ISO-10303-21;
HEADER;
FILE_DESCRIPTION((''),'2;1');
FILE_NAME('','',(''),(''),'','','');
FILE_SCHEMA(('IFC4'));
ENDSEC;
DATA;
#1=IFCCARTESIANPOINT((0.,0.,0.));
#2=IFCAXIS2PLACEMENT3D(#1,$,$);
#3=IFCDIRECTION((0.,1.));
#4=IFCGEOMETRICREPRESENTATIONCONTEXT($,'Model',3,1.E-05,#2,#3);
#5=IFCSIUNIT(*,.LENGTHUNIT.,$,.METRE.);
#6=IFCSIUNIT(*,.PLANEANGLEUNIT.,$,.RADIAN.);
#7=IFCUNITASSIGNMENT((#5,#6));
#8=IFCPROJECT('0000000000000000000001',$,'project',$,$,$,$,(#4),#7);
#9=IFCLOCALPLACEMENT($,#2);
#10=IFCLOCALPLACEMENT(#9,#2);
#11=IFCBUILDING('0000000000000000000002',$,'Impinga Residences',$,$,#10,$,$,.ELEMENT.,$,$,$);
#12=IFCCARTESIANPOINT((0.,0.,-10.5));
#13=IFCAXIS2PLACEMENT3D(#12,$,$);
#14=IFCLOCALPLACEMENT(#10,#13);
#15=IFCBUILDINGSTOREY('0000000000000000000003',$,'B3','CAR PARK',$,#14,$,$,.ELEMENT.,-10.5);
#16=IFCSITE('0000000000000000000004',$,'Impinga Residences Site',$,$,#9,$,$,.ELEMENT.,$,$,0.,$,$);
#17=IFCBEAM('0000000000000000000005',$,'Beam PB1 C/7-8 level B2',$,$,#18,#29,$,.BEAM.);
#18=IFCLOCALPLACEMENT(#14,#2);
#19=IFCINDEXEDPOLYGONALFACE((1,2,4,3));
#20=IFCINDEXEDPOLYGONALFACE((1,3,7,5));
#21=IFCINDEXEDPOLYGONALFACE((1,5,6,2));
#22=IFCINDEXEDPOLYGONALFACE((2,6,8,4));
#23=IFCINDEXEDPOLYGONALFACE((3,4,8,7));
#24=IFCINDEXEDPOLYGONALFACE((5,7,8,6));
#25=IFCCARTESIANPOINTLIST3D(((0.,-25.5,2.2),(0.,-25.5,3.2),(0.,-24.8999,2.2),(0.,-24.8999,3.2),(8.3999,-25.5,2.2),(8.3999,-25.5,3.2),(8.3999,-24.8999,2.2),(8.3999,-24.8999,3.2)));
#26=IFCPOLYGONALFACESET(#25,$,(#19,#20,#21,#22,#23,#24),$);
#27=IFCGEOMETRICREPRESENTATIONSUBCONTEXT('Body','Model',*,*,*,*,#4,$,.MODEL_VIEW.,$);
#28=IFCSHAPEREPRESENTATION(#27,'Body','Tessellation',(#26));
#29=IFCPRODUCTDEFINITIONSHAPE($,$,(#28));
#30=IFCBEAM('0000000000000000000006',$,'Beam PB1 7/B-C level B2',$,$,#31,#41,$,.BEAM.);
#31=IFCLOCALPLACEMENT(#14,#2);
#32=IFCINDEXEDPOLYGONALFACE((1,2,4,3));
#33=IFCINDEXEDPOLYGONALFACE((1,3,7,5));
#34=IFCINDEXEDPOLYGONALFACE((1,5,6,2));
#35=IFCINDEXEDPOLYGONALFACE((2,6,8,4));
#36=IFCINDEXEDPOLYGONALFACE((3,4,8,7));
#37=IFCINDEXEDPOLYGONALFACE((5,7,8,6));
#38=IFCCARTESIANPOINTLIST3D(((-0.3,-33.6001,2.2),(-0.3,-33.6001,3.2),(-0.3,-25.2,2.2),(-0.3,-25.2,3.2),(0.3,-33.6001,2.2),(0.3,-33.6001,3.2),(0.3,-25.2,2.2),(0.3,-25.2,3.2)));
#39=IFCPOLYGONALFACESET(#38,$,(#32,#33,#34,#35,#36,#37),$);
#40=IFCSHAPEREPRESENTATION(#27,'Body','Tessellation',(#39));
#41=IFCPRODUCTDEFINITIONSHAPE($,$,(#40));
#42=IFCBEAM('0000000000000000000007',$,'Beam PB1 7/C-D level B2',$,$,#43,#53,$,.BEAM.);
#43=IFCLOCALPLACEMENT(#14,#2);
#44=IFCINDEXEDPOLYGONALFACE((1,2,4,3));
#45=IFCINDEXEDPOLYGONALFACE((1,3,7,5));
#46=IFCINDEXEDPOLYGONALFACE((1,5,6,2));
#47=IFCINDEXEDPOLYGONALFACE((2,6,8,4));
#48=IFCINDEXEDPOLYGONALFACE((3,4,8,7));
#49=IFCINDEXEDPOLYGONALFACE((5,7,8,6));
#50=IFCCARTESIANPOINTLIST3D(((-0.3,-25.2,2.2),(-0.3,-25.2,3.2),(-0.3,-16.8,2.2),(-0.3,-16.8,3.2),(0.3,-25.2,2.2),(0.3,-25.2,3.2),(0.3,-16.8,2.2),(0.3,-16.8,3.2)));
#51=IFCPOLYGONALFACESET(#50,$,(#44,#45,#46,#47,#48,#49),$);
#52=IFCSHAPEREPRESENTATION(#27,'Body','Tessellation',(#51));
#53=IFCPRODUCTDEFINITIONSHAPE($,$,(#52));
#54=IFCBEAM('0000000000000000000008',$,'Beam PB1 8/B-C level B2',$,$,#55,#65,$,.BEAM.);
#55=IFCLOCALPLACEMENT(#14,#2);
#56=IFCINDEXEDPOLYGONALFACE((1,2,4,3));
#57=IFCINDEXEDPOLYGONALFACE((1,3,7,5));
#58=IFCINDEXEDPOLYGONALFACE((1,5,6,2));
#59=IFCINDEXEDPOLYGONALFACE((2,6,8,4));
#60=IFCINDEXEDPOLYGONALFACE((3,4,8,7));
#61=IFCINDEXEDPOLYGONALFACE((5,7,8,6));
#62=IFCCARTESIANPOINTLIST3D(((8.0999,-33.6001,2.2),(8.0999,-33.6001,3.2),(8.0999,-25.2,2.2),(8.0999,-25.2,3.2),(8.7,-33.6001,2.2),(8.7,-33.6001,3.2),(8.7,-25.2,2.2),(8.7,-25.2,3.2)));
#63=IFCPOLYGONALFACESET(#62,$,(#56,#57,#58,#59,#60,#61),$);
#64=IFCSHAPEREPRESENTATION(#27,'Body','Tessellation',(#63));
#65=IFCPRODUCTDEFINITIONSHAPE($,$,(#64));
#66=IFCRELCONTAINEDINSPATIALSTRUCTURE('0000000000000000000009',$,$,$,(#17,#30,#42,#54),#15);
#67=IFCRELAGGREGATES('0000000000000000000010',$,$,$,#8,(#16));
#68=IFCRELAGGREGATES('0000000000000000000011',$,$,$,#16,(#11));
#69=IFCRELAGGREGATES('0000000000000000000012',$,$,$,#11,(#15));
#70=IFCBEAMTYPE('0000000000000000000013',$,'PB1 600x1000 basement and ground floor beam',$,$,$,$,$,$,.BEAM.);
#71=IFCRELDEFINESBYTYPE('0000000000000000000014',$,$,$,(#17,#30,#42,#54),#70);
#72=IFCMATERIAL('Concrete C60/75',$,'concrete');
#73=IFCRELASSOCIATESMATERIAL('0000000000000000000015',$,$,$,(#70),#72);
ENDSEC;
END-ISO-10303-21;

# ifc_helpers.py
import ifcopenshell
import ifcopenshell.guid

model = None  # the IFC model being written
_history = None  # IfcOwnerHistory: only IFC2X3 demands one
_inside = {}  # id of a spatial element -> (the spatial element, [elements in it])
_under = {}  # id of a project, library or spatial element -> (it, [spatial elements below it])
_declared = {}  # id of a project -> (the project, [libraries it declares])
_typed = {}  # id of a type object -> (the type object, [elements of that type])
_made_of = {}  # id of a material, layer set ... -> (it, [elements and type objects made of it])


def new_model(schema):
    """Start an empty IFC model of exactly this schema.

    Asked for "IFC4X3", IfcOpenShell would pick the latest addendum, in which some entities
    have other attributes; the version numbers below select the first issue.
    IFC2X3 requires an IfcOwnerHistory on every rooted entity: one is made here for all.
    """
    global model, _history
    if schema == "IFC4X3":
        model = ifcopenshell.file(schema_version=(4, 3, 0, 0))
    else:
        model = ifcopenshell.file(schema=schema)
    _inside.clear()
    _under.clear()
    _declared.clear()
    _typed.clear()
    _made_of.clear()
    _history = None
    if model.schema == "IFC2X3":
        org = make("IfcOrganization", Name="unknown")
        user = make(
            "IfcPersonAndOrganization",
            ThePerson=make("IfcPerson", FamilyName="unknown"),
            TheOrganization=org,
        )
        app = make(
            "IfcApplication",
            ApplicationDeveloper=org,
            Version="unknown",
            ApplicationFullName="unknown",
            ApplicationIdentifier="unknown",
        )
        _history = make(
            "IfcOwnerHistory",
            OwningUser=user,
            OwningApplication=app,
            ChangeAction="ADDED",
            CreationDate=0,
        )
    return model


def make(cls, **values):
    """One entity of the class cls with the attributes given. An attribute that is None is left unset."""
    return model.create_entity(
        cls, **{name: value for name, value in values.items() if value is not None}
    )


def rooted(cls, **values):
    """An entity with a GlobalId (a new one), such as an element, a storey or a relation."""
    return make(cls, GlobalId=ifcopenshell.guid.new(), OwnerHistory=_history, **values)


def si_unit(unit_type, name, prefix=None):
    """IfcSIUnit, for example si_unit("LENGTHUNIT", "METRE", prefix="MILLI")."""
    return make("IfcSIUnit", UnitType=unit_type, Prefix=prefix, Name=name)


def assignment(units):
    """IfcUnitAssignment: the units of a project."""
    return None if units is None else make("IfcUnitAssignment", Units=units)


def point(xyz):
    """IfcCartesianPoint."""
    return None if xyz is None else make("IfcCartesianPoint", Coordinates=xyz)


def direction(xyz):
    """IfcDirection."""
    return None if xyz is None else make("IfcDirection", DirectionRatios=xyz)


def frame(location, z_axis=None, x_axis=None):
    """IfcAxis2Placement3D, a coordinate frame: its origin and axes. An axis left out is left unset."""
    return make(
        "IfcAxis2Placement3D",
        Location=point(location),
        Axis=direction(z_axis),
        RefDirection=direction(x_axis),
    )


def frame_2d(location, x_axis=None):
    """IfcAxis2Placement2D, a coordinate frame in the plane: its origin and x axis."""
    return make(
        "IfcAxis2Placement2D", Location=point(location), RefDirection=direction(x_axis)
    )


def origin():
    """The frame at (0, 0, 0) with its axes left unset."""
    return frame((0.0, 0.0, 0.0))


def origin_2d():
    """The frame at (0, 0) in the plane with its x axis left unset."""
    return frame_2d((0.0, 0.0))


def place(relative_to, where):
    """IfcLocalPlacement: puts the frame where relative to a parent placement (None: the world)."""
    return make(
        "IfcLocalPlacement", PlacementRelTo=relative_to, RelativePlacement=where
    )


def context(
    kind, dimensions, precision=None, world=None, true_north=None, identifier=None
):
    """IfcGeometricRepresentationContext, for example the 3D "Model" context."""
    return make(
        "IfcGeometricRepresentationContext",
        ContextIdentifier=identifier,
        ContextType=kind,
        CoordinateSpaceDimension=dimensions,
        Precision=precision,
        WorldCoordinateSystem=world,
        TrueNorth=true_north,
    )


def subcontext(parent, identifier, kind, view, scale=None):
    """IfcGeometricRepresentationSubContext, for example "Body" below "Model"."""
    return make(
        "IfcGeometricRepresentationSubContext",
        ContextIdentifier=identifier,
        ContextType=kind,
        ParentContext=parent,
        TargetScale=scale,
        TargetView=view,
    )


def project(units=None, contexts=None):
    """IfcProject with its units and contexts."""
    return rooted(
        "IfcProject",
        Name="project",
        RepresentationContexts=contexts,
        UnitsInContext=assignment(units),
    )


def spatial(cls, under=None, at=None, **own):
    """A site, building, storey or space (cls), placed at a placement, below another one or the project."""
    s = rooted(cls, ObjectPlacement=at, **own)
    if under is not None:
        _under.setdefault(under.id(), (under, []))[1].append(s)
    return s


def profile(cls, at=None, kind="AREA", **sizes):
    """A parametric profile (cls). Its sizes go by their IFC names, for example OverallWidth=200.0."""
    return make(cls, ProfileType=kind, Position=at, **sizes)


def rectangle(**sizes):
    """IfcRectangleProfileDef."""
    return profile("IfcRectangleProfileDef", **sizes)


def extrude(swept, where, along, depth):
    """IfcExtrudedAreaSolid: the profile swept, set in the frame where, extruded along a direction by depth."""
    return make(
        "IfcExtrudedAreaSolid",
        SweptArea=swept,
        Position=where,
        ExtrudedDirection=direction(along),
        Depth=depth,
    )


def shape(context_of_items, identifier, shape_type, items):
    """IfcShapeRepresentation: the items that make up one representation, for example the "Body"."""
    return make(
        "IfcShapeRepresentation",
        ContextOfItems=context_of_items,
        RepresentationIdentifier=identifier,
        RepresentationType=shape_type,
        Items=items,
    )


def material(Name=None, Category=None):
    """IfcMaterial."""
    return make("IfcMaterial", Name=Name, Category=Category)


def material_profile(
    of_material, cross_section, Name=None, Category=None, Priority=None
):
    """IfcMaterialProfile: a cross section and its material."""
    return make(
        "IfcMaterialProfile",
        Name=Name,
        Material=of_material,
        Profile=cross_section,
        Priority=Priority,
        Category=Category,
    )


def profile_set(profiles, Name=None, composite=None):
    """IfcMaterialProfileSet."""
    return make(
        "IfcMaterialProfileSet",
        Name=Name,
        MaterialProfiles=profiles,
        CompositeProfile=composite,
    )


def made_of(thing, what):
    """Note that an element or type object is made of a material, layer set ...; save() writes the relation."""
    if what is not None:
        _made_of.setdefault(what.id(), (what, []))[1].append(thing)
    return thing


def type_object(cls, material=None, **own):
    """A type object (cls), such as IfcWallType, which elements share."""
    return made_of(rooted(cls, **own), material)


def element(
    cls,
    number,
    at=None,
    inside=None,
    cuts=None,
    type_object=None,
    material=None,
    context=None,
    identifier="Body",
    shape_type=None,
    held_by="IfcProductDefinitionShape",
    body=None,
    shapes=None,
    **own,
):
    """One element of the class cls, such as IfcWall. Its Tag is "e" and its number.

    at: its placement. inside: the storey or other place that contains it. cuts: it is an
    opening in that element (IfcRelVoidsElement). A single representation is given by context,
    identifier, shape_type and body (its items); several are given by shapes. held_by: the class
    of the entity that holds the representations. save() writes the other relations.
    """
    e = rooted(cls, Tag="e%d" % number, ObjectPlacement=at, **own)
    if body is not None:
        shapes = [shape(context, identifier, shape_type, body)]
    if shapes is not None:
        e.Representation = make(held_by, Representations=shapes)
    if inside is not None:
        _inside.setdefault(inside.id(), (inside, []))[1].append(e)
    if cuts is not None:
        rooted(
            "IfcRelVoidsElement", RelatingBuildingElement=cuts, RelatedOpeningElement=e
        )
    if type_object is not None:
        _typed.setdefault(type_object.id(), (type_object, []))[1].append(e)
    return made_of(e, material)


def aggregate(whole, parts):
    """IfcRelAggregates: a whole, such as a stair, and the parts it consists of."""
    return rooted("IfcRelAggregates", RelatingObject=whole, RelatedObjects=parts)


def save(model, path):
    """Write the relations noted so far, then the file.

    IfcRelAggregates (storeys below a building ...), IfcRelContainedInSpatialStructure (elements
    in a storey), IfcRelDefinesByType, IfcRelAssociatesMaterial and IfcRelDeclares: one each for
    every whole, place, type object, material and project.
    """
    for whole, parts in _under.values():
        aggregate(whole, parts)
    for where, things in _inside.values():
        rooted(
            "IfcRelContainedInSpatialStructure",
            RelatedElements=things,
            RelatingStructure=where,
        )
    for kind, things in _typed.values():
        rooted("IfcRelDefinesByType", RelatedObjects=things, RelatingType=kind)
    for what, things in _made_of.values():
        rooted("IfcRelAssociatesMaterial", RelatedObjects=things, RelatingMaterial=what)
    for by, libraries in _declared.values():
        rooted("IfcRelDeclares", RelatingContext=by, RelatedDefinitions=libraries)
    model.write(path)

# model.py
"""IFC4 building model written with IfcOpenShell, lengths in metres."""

from ifc_helpers import new_model, si_unit, direction, frame, origin, origin_2d, place, context, subcontext, project, spatial, rectangle, extrude, material, material_profile, profile_set, type_object, element, save


model = new_model("IFC4")

# Units and contexts
model_context = context("Model", 3, precision=1e-05, world=origin(), true_north=direction((0.0, 1.0)))
body_context = subcontext(model_context, "Body", "Model", "MODEL_VIEW")
ifc_project = project(units=[si_unit("LENGTHUNIT", "METRE"), si_unit("PLANEANGLEUNIT", "RADIAN")], contexts=[model_context])

# Site, building, storey
site_placement = place(None, origin())
site = spatial("IfcSite", under=ifc_project, at=site_placement, Name="Impinga Residences Site", CompositionType="ELEMENT", RefElevation=0.0)
building_placement = place(site_placement, origin())
building = spatial("IfcBuilding", under=site, at=building_placement, Name="Impinga Residences", CompositionType="ELEMENT")
storey_placement = place(building_placement, frame((0.0, 0.0, -10.5)))
storey = spatial("IfcBuildingStorey", under=building, at=storey_placement, Name="B3", Description="CAR PARK", CompositionType="ELEMENT", Elevation=-10.5)

# Beams
ifc_material_1 = material(Name="Concrete C60/75", Category="concrete")
ifc_material_profile_1 = material_profile(ifc_material_1, rectangle(XDim=0.6001, YDim=1.0, at=origin_2d()), Name="RC 600x1000")
ifc_profile_set_1 = profile_set([ifc_material_profile_1], Name="Concrete C60/75")
beam_type = type_object("IfcBeamType", Name="PB1 600x1000 basement and ground floor beam", PredefinedType="BEAM", material=ifc_profile_set_1)
beam_1_placement = place(storey_placement, frame((0.0, -25.2, 2.7), z_axis=(1.0, 0.0, 0.0), x_axis=(0.0, 1.0, 0.0)))
element("IfcBeam", 1, at=beam_1_placement, inside=storey, type_object=beam_type, Name="Beam PB1 C/7-8 level B2", PredefinedType="BEAM", context=body_context, shape_type="SweptSolid", body=[
    extrude(rectangle(XDim=0.6001, YDim=1.0, at=origin_2d()), origin(), (0.0, 0.0, 1.0), 8.3999),
])
beam_2_placement = place(storey_placement, frame((0.0, -33.6001, 2.7), z_axis=(0.0, 1.0, 0.0), x_axis=(-1.0, 0.0, 0.0)))
element("IfcBeam", 2, at=beam_2_placement, inside=storey, type_object=beam_type, Name="Beam PB1 7/B-C level B2", PredefinedType="BEAM", context=body_context, shape_type="SweptSolid", body=[
    extrude(rectangle(XDim=0.6001, YDim=1.0, at=origin_2d()), origin(), (0.0, 0.0, 1.0), 8.4001),
])
beam_3_placement = place(storey_placement, frame((0.0, -25.2, 2.7), z_axis=(0.0, 1.0, 0.0), x_axis=(-1.0, 0.0, 0.0)))
element("IfcBeam", 3, at=beam_3_placement, inside=storey, type_object=beam_type, Name="Beam PB1 7/C-D level B2", PredefinedType="BEAM", context=body_context, shape_type="SweptSolid", body=[
    extrude(rectangle(XDim=0.6001, YDim=1.0, at=origin_2d()), origin(), (0.0, 0.0, 1.0), 8.3999),
])
beam_4_placement = place(storey_placement, frame((8.3999, -33.6001, 2.7), z_axis=(0.0, 1.0, 0.0), x_axis=(-1.0, 0.0, 0.0)))
element("IfcBeam", 4, at=beam_4_placement, inside=storey, type_object=beam_type, Name="Beam PB1 8/B-C level B2", PredefinedType="BEAM", context=body_context, shape_type="SweptSolid", body=[
    extrude(rectangle(XDim=0.6001, YDim=1.0, at=origin_2d()), origin(), (0.0, 0.0, 1.0), 8.4001),
])

save(model, "model.ifc")
